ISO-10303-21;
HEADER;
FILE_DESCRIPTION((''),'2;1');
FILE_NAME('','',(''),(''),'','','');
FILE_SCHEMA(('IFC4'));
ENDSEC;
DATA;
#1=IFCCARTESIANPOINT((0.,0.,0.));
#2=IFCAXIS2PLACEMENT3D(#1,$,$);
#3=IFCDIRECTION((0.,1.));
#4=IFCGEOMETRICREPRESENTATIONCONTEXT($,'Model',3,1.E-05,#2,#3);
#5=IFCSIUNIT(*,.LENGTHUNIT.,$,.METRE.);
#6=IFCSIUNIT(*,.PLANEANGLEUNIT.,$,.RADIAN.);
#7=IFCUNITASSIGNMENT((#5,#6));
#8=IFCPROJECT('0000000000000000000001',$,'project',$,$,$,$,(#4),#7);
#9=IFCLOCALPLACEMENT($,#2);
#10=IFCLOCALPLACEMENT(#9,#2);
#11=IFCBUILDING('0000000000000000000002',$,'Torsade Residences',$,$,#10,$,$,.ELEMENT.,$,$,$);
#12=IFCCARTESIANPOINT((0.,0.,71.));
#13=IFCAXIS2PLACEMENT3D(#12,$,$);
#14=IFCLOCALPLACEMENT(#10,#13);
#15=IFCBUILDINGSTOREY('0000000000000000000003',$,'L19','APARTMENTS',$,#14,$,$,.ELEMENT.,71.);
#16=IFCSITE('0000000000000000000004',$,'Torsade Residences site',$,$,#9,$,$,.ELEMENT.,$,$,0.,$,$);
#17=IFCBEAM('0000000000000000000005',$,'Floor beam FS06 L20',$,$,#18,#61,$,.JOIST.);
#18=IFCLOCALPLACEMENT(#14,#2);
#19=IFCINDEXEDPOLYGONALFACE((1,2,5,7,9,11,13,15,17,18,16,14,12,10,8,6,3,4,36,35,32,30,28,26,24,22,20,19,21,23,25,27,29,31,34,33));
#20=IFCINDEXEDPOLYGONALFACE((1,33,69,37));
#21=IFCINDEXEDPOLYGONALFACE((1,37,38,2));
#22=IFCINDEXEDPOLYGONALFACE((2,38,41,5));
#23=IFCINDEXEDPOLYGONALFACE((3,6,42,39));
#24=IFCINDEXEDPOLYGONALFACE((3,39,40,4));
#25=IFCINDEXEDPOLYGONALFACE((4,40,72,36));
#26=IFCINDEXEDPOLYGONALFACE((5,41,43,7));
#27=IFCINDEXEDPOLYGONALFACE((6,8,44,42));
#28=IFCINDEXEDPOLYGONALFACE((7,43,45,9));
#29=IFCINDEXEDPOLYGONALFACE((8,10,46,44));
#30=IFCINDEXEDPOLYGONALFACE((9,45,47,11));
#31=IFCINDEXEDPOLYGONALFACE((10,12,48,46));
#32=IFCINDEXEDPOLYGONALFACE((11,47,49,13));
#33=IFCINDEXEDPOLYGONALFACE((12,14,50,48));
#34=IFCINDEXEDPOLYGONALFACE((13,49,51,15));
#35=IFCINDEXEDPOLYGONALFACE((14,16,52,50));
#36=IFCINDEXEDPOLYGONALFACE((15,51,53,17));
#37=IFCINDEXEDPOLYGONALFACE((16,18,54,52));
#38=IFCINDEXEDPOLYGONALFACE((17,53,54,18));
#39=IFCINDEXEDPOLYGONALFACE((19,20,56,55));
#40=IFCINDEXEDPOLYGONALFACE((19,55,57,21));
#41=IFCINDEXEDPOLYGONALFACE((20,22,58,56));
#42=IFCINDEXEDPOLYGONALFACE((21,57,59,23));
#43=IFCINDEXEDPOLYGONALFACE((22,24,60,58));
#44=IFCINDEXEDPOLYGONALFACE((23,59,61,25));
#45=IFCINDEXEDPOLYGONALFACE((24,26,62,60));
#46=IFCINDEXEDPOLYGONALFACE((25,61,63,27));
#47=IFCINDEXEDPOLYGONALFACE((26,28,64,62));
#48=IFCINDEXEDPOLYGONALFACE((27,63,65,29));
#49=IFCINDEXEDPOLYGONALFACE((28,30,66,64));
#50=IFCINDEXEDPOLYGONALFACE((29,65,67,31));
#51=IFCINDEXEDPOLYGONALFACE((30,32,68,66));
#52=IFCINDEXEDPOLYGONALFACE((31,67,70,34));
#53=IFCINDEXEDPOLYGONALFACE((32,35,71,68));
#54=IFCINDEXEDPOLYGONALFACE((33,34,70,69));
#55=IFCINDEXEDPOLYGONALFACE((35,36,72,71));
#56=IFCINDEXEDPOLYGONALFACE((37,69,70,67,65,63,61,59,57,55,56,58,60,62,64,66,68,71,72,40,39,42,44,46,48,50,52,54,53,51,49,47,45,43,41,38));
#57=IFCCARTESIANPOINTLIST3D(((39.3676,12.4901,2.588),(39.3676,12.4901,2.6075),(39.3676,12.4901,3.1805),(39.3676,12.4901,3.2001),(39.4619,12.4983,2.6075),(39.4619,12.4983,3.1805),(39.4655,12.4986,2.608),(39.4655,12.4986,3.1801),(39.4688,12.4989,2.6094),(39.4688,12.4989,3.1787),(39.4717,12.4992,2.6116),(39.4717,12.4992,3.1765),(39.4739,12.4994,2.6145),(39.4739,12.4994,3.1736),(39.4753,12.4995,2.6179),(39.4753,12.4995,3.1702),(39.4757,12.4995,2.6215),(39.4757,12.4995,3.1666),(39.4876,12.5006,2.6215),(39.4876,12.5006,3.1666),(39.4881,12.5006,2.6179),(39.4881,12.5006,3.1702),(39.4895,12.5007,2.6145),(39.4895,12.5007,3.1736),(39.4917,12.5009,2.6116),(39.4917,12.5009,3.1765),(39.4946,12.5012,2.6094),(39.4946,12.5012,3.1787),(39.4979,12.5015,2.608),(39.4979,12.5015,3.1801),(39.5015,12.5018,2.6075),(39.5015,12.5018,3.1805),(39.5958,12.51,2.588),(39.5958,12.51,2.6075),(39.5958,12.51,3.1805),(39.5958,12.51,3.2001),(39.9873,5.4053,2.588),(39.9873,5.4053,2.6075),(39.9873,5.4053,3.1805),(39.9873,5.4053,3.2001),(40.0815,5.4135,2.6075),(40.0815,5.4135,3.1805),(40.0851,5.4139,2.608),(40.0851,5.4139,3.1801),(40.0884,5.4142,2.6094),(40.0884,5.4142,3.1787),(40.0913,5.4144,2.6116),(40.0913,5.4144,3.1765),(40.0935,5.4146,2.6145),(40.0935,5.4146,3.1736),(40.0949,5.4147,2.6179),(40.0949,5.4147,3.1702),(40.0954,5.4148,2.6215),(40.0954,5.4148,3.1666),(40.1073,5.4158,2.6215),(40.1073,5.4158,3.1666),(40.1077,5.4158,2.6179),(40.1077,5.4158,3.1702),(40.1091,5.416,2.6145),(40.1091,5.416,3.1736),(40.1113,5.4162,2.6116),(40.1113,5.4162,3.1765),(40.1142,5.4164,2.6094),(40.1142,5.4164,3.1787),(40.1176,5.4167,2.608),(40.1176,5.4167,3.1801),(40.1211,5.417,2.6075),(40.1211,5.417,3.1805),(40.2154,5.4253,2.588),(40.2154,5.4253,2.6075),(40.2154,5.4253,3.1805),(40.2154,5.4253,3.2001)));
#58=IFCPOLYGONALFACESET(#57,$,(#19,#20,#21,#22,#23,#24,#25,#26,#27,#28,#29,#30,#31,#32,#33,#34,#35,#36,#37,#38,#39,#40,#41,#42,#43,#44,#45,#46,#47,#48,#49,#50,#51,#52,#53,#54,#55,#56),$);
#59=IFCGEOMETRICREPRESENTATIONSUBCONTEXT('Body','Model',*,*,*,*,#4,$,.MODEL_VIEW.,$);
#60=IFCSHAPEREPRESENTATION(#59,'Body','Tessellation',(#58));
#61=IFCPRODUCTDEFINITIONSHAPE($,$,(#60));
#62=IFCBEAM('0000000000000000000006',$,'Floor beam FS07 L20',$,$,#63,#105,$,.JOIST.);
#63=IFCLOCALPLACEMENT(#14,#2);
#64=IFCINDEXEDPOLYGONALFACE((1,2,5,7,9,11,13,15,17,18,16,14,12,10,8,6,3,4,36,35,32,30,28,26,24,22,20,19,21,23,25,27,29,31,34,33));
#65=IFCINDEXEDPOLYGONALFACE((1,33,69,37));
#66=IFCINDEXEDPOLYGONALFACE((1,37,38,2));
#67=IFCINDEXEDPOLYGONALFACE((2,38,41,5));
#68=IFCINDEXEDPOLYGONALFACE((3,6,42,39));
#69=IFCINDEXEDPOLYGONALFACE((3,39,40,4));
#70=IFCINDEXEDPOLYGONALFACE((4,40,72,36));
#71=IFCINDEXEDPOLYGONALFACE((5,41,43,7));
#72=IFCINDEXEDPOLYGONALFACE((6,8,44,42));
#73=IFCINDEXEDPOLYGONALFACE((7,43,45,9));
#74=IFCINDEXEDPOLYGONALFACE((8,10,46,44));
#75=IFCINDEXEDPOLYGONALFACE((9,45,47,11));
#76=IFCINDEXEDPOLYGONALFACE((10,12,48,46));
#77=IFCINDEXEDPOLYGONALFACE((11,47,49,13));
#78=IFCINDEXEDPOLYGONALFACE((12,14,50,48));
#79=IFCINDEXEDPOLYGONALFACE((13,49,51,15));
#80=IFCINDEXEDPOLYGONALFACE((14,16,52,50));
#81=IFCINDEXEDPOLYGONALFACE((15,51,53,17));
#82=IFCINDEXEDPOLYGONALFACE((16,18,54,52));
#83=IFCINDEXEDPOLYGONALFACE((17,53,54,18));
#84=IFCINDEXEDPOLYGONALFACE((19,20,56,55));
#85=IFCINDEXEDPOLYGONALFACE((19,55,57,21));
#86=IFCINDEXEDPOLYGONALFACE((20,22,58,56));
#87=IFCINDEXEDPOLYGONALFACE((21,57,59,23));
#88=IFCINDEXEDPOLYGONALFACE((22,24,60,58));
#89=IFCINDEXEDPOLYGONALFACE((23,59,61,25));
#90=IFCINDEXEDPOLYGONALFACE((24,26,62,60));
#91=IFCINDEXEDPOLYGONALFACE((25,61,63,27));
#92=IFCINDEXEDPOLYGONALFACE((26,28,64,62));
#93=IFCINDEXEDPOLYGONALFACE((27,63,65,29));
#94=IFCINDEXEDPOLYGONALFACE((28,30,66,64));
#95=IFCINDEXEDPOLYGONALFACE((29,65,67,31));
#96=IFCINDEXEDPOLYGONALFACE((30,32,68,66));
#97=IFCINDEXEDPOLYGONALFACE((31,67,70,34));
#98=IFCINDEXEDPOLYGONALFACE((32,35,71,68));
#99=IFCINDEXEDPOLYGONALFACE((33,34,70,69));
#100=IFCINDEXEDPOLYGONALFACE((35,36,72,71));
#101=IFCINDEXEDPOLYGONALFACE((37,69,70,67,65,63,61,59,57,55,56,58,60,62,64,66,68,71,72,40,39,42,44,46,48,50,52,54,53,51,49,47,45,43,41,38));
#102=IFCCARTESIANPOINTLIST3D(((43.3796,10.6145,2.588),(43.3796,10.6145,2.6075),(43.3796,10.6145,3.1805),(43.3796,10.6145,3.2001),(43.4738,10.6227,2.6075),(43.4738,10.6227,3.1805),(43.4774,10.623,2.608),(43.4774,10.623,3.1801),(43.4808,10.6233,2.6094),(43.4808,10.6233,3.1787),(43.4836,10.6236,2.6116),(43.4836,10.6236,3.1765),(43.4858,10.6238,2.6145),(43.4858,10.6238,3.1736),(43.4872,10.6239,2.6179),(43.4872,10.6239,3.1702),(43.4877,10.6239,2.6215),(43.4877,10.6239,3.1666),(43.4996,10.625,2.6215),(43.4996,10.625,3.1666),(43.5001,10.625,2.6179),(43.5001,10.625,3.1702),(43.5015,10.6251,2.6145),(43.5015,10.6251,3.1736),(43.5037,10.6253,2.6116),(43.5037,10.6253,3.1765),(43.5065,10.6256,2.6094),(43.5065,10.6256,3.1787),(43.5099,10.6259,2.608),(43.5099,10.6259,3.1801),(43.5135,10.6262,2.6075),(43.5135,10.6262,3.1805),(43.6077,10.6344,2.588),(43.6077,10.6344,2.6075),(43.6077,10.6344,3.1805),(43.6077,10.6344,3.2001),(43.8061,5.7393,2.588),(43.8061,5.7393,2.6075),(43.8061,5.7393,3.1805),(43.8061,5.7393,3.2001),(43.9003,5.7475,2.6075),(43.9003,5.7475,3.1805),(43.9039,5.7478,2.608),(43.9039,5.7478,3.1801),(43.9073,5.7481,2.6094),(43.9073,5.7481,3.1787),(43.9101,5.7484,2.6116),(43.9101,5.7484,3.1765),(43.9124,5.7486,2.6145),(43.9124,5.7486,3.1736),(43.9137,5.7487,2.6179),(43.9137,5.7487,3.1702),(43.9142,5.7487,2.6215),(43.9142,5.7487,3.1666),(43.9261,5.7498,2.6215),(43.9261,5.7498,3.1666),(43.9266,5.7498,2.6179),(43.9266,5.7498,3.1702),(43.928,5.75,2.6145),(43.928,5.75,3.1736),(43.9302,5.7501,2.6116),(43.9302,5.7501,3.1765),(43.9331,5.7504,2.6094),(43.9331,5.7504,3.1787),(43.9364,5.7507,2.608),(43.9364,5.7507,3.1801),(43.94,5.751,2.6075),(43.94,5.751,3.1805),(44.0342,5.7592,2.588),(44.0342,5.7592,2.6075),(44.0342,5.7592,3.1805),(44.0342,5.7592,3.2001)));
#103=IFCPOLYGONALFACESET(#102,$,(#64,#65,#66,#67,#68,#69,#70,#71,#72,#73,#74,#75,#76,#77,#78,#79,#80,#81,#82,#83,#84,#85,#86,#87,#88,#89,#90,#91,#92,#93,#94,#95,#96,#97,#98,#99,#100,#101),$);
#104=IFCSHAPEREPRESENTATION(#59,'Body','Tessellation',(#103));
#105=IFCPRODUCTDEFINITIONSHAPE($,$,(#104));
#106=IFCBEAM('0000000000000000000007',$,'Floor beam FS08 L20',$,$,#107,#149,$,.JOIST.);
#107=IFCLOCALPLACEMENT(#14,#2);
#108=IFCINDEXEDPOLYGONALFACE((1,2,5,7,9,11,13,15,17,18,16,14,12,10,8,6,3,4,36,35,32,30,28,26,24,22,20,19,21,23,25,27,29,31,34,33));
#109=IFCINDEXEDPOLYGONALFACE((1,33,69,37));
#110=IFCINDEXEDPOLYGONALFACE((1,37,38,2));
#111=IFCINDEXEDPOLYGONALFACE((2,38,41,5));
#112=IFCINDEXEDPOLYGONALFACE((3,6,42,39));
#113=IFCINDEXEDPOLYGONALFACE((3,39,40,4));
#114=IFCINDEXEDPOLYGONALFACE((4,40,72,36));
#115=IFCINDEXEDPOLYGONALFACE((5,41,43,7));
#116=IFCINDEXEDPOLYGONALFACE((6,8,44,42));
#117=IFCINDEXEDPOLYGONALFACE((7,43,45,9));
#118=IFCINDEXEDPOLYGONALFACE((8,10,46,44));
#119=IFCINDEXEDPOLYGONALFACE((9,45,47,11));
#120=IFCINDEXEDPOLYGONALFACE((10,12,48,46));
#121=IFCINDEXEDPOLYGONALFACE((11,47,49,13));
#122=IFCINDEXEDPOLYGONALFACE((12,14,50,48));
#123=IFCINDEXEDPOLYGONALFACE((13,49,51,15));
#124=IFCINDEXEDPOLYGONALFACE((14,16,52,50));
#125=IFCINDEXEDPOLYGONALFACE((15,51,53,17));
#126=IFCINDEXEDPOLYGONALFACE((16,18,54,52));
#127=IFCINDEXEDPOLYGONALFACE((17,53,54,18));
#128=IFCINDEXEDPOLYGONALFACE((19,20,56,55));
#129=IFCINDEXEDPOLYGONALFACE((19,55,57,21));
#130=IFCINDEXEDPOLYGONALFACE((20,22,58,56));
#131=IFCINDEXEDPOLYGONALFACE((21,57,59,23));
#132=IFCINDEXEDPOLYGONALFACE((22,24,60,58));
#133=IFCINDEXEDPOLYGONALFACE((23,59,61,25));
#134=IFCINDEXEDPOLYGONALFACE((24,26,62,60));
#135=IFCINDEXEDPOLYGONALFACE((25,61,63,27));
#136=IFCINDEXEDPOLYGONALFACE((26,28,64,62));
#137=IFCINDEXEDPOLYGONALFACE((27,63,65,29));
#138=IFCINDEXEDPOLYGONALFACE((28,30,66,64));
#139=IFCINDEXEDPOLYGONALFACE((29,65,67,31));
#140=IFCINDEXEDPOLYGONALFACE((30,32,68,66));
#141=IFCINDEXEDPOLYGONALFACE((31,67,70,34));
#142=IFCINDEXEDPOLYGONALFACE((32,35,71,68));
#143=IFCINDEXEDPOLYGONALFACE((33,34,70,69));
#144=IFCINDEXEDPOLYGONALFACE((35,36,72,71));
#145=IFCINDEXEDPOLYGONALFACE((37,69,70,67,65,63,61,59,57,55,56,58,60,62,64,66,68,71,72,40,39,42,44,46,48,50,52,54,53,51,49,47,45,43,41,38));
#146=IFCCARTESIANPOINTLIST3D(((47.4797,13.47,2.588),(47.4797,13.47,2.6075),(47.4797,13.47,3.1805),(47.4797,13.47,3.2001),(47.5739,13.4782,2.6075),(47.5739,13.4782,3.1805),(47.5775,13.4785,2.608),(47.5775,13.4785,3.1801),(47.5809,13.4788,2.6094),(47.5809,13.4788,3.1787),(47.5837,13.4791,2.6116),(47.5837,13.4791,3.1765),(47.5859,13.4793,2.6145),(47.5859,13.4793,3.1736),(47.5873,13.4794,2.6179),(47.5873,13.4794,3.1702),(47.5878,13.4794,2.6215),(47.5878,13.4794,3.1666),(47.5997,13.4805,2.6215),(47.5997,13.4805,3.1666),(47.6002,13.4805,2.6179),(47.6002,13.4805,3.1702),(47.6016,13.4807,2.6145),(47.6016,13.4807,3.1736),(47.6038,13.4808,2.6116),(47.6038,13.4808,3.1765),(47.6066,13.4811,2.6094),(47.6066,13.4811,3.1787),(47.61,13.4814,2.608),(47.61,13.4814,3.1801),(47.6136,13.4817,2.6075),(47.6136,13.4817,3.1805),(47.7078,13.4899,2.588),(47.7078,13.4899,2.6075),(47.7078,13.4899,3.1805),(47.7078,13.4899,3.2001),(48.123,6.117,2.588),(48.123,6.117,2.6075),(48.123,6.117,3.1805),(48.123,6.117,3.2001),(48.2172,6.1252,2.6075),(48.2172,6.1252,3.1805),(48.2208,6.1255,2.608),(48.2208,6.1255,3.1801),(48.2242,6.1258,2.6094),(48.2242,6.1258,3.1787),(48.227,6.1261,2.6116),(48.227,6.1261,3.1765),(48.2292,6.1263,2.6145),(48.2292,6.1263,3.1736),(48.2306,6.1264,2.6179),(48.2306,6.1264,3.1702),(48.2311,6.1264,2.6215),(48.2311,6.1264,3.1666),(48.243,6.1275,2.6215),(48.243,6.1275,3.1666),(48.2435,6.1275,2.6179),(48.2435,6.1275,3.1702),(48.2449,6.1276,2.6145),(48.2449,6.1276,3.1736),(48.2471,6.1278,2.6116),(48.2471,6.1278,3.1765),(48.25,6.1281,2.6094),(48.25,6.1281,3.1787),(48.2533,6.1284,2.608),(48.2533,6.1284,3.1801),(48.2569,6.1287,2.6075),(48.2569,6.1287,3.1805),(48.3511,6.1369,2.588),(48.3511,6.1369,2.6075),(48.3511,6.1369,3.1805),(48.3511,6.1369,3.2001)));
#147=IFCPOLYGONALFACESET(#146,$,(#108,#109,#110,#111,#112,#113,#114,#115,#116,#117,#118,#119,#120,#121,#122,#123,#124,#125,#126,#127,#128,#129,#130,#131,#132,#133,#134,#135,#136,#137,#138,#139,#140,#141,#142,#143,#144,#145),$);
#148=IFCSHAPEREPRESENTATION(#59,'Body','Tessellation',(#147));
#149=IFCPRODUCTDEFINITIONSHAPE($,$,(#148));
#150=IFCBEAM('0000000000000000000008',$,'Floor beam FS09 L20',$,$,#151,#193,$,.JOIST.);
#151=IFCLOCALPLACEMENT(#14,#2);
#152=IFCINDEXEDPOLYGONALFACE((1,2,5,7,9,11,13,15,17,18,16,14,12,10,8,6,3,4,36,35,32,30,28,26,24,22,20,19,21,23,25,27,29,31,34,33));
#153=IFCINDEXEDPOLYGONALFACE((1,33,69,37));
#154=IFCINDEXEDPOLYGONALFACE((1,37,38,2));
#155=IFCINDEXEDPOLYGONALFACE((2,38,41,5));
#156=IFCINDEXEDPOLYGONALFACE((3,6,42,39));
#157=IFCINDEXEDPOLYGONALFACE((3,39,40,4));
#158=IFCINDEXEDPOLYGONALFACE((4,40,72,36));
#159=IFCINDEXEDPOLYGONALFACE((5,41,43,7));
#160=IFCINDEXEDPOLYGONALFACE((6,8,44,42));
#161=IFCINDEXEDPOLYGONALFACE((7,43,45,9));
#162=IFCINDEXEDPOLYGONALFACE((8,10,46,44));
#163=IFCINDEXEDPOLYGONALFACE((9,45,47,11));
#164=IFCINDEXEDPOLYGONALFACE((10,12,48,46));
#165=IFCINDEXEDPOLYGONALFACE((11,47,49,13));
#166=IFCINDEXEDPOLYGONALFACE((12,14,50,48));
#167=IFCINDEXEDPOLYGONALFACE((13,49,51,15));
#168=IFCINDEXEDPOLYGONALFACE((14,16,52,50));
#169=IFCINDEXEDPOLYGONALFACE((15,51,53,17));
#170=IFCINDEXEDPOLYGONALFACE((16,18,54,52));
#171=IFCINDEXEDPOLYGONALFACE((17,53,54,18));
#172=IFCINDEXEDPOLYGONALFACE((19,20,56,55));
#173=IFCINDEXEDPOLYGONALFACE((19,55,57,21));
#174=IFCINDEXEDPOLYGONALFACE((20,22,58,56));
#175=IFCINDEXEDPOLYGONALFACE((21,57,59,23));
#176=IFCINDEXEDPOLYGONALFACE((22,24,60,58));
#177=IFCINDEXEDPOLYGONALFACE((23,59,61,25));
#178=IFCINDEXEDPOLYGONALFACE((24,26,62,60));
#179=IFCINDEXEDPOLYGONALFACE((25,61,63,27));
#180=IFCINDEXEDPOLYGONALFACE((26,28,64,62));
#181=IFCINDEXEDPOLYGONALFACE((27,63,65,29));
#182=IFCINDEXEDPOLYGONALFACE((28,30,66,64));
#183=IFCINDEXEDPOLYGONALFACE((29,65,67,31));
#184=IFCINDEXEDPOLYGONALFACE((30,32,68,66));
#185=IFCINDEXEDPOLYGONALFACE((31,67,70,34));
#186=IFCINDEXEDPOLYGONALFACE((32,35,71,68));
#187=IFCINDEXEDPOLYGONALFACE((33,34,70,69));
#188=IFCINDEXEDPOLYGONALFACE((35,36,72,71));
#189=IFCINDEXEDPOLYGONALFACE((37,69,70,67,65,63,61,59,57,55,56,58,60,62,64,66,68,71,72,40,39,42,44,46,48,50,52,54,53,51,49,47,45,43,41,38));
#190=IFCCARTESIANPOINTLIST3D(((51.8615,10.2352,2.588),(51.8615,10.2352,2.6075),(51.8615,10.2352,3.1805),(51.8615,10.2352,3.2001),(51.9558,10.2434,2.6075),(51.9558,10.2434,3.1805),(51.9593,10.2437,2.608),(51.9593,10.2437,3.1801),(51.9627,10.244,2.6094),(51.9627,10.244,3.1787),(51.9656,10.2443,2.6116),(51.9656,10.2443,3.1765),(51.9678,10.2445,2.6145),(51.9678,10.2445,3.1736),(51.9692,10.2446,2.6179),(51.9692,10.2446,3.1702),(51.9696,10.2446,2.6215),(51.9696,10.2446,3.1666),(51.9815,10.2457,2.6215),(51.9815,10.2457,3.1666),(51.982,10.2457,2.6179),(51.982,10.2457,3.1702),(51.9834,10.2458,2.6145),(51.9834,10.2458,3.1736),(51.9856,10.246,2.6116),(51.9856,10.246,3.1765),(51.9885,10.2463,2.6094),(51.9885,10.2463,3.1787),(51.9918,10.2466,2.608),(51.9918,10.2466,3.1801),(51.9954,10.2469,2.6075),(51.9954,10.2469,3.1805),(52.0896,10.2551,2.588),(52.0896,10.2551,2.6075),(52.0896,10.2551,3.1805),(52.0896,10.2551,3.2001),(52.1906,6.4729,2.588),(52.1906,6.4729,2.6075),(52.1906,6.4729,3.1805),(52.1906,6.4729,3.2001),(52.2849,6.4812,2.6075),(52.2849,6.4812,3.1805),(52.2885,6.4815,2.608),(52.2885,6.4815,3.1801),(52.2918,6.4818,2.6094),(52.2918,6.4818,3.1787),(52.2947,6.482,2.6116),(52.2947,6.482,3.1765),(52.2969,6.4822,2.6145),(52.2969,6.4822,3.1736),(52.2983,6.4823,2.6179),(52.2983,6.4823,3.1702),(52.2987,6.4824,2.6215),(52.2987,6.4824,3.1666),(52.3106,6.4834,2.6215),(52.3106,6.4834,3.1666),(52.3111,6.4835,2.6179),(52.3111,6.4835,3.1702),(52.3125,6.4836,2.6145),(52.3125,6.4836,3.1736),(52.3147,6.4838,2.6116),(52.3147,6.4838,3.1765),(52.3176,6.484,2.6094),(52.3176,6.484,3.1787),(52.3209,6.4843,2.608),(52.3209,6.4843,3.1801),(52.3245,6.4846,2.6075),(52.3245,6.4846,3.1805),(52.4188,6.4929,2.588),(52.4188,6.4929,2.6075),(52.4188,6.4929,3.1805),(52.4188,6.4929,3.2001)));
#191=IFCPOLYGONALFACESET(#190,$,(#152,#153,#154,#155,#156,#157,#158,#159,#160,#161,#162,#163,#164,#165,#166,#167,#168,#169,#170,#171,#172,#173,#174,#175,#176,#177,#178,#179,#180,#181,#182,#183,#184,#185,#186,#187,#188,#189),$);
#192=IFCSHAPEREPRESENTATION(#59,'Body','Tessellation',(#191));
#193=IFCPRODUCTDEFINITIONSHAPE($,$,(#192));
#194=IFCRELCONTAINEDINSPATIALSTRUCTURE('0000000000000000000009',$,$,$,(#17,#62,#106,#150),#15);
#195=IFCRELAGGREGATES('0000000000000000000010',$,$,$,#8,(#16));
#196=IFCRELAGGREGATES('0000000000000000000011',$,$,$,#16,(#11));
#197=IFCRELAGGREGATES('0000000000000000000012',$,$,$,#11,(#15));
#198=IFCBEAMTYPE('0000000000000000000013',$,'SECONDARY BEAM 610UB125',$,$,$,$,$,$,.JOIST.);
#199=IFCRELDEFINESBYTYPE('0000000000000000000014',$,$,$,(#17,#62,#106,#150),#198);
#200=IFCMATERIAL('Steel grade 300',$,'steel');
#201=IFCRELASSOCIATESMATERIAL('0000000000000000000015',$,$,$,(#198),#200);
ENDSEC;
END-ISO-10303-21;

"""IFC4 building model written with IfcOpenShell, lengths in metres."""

from ifc_helpers import new_model, si_unit, direction, frame, origin, origin_2d, place, context, subcontext, project, spatial, i_section, extrude, material, material_profile, profile_set, type_object, element, save


model = new_model("IFC4")

# Units and contexts
model_context = context("Model", 3, precision=1e-05, world=origin(), true_north=direction((0.0, 1.0)))
body_context = subcontext(model_context, "Body", "Model", "MODEL_VIEW")
ifc_project = project(units=[si_unit("LENGTHUNIT", "METRE"), si_unit("PLANEANGLEUNIT", "RADIAN")], contexts=[model_context])

# Site, building, storey
site_placement = place(None, origin())
site = spatial("IfcSite", under=ifc_project, at=site_placement, Name="Torsade Residences site", CompositionType="ELEMENT", RefElevation=0.0)
building_placement = place(site_placement, origin())
building = spatial("IfcBuilding", under=site, at=building_placement, Name="Torsade Residences", CompositionType="ELEMENT")
storey_placement = place(building_placement, frame((0.0, 0.0, 71.0)))
storey = spatial("IfcBuildingStorey", under=building, at=storey_placement, Name="L19", Description="APARTMENTS", CompositionType="ELEMENT", Elevation=71.0)

# Beams
ifc_material_1 = material(Name="Steel grade 300", Category="steel")
ifc_material_profile_1 = material_profile(ifc_material_1, i_section(OverallWidth=0.229, OverallDepth=0.6121, WebThickness=0.012, FlangeThickness=0.0195, FilletRadius=0.0139, at=origin_2d()), Name="610UB125")
ifc_profile_set_1 = profile_set([ifc_material_profile_1], Name="Steel grade 300")
beam_type_1 = type_object("IfcBeamType", Name="SECONDARY BEAM 610UB125", PredefinedType="JOIST", material=ifc_profile_set_1)
beam_1_placement = place(storey_placement, frame((40.1013, 5.4153, 2.894), z_axis=(-0.087127, 0.996197, 0.0), x_axis=(-0.996197, -0.087127, 0.0)))
element("IfcBeam", 1, at=beam_1_placement, inside=storey, type_object=beam_type_1, Name="Floor beam FS06 L20", PredefinedType="JOIST", context=body_context, shape_type="SweptSolid", body=[
    extrude(i_section(OverallWidth=0.229, OverallDepth=0.6121, WebThickness=0.012, FlangeThickness=0.0195, FilletRadius=0.0139, at=origin_2d()), origin(), (0.0, 0.0, 1.0), 7.1118),
])
beam_2_placement = place(storey_placement, frame((43.9202, 5.7493, 2.894), z_axis=(-0.087153, 0.996195, 0.0), x_axis=(-0.996195, -0.087153, 0.0)))
element("IfcBeam", 2, at=beam_2_placement, inside=storey, type_object=beam_type_1, Name="Floor beam FS07 L20", PredefinedType="JOIST", context=body_context, shape_type="SweptSolid", body=[
    extrude(i_section(OverallWidth=0.229, OverallDepth=0.6121, WebThickness=0.012, FlangeThickness=0.0195, FilletRadius=0.0139, at=origin_2d()), origin(), (0.0, 0.0, 1.0), 4.8938),
])
beam_3_placement = place(storey_placement, frame((48.2371, 6.127, 2.894), z_axis=(-0.087156, 0.996195, 0.0), x_axis=(-0.996195, -0.087156, 0.0)))
element("IfcBeam", 3, at=beam_3_placement, inside=storey, type_object=beam_type_1, Name="Floor beam FS08 L20", PredefinedType="JOIST", context=body_context, shape_type="SweptSolid", body=[
    extrude(i_section(OverallWidth=0.229, OverallDepth=0.6121, WebThickness=0.012, FlangeThickness=0.0195, FilletRadius=0.0139, at=origin_2d()), origin(), (0.0, 0.0, 1.0), 7.3811),
])
beam_4_placement = place(storey_placement, frame((52.3047, 6.4829, 2.894), z_axis=(-0.087143, 0.996196, 0.0), x_axis=(-0.996196, -0.087143, 0.0)))
element("IfcBeam", 4, at=beam_4_placement, inside=storey, type_object=beam_type_1, Name="Floor beam FS09 L20", PredefinedType="JOIST", context=body_context, shape_type="SweptSolid", body=[
    extrude(i_section(OverallWidth=0.229, OverallDepth=0.6121, WebThickness=0.012, FlangeThickness=0.0195, FilletRadius=0.0139, at=origin_2d()), origin(), (0.0, 0.0, 1.0), 3.7766),
])

save(model, "model.ifc")
